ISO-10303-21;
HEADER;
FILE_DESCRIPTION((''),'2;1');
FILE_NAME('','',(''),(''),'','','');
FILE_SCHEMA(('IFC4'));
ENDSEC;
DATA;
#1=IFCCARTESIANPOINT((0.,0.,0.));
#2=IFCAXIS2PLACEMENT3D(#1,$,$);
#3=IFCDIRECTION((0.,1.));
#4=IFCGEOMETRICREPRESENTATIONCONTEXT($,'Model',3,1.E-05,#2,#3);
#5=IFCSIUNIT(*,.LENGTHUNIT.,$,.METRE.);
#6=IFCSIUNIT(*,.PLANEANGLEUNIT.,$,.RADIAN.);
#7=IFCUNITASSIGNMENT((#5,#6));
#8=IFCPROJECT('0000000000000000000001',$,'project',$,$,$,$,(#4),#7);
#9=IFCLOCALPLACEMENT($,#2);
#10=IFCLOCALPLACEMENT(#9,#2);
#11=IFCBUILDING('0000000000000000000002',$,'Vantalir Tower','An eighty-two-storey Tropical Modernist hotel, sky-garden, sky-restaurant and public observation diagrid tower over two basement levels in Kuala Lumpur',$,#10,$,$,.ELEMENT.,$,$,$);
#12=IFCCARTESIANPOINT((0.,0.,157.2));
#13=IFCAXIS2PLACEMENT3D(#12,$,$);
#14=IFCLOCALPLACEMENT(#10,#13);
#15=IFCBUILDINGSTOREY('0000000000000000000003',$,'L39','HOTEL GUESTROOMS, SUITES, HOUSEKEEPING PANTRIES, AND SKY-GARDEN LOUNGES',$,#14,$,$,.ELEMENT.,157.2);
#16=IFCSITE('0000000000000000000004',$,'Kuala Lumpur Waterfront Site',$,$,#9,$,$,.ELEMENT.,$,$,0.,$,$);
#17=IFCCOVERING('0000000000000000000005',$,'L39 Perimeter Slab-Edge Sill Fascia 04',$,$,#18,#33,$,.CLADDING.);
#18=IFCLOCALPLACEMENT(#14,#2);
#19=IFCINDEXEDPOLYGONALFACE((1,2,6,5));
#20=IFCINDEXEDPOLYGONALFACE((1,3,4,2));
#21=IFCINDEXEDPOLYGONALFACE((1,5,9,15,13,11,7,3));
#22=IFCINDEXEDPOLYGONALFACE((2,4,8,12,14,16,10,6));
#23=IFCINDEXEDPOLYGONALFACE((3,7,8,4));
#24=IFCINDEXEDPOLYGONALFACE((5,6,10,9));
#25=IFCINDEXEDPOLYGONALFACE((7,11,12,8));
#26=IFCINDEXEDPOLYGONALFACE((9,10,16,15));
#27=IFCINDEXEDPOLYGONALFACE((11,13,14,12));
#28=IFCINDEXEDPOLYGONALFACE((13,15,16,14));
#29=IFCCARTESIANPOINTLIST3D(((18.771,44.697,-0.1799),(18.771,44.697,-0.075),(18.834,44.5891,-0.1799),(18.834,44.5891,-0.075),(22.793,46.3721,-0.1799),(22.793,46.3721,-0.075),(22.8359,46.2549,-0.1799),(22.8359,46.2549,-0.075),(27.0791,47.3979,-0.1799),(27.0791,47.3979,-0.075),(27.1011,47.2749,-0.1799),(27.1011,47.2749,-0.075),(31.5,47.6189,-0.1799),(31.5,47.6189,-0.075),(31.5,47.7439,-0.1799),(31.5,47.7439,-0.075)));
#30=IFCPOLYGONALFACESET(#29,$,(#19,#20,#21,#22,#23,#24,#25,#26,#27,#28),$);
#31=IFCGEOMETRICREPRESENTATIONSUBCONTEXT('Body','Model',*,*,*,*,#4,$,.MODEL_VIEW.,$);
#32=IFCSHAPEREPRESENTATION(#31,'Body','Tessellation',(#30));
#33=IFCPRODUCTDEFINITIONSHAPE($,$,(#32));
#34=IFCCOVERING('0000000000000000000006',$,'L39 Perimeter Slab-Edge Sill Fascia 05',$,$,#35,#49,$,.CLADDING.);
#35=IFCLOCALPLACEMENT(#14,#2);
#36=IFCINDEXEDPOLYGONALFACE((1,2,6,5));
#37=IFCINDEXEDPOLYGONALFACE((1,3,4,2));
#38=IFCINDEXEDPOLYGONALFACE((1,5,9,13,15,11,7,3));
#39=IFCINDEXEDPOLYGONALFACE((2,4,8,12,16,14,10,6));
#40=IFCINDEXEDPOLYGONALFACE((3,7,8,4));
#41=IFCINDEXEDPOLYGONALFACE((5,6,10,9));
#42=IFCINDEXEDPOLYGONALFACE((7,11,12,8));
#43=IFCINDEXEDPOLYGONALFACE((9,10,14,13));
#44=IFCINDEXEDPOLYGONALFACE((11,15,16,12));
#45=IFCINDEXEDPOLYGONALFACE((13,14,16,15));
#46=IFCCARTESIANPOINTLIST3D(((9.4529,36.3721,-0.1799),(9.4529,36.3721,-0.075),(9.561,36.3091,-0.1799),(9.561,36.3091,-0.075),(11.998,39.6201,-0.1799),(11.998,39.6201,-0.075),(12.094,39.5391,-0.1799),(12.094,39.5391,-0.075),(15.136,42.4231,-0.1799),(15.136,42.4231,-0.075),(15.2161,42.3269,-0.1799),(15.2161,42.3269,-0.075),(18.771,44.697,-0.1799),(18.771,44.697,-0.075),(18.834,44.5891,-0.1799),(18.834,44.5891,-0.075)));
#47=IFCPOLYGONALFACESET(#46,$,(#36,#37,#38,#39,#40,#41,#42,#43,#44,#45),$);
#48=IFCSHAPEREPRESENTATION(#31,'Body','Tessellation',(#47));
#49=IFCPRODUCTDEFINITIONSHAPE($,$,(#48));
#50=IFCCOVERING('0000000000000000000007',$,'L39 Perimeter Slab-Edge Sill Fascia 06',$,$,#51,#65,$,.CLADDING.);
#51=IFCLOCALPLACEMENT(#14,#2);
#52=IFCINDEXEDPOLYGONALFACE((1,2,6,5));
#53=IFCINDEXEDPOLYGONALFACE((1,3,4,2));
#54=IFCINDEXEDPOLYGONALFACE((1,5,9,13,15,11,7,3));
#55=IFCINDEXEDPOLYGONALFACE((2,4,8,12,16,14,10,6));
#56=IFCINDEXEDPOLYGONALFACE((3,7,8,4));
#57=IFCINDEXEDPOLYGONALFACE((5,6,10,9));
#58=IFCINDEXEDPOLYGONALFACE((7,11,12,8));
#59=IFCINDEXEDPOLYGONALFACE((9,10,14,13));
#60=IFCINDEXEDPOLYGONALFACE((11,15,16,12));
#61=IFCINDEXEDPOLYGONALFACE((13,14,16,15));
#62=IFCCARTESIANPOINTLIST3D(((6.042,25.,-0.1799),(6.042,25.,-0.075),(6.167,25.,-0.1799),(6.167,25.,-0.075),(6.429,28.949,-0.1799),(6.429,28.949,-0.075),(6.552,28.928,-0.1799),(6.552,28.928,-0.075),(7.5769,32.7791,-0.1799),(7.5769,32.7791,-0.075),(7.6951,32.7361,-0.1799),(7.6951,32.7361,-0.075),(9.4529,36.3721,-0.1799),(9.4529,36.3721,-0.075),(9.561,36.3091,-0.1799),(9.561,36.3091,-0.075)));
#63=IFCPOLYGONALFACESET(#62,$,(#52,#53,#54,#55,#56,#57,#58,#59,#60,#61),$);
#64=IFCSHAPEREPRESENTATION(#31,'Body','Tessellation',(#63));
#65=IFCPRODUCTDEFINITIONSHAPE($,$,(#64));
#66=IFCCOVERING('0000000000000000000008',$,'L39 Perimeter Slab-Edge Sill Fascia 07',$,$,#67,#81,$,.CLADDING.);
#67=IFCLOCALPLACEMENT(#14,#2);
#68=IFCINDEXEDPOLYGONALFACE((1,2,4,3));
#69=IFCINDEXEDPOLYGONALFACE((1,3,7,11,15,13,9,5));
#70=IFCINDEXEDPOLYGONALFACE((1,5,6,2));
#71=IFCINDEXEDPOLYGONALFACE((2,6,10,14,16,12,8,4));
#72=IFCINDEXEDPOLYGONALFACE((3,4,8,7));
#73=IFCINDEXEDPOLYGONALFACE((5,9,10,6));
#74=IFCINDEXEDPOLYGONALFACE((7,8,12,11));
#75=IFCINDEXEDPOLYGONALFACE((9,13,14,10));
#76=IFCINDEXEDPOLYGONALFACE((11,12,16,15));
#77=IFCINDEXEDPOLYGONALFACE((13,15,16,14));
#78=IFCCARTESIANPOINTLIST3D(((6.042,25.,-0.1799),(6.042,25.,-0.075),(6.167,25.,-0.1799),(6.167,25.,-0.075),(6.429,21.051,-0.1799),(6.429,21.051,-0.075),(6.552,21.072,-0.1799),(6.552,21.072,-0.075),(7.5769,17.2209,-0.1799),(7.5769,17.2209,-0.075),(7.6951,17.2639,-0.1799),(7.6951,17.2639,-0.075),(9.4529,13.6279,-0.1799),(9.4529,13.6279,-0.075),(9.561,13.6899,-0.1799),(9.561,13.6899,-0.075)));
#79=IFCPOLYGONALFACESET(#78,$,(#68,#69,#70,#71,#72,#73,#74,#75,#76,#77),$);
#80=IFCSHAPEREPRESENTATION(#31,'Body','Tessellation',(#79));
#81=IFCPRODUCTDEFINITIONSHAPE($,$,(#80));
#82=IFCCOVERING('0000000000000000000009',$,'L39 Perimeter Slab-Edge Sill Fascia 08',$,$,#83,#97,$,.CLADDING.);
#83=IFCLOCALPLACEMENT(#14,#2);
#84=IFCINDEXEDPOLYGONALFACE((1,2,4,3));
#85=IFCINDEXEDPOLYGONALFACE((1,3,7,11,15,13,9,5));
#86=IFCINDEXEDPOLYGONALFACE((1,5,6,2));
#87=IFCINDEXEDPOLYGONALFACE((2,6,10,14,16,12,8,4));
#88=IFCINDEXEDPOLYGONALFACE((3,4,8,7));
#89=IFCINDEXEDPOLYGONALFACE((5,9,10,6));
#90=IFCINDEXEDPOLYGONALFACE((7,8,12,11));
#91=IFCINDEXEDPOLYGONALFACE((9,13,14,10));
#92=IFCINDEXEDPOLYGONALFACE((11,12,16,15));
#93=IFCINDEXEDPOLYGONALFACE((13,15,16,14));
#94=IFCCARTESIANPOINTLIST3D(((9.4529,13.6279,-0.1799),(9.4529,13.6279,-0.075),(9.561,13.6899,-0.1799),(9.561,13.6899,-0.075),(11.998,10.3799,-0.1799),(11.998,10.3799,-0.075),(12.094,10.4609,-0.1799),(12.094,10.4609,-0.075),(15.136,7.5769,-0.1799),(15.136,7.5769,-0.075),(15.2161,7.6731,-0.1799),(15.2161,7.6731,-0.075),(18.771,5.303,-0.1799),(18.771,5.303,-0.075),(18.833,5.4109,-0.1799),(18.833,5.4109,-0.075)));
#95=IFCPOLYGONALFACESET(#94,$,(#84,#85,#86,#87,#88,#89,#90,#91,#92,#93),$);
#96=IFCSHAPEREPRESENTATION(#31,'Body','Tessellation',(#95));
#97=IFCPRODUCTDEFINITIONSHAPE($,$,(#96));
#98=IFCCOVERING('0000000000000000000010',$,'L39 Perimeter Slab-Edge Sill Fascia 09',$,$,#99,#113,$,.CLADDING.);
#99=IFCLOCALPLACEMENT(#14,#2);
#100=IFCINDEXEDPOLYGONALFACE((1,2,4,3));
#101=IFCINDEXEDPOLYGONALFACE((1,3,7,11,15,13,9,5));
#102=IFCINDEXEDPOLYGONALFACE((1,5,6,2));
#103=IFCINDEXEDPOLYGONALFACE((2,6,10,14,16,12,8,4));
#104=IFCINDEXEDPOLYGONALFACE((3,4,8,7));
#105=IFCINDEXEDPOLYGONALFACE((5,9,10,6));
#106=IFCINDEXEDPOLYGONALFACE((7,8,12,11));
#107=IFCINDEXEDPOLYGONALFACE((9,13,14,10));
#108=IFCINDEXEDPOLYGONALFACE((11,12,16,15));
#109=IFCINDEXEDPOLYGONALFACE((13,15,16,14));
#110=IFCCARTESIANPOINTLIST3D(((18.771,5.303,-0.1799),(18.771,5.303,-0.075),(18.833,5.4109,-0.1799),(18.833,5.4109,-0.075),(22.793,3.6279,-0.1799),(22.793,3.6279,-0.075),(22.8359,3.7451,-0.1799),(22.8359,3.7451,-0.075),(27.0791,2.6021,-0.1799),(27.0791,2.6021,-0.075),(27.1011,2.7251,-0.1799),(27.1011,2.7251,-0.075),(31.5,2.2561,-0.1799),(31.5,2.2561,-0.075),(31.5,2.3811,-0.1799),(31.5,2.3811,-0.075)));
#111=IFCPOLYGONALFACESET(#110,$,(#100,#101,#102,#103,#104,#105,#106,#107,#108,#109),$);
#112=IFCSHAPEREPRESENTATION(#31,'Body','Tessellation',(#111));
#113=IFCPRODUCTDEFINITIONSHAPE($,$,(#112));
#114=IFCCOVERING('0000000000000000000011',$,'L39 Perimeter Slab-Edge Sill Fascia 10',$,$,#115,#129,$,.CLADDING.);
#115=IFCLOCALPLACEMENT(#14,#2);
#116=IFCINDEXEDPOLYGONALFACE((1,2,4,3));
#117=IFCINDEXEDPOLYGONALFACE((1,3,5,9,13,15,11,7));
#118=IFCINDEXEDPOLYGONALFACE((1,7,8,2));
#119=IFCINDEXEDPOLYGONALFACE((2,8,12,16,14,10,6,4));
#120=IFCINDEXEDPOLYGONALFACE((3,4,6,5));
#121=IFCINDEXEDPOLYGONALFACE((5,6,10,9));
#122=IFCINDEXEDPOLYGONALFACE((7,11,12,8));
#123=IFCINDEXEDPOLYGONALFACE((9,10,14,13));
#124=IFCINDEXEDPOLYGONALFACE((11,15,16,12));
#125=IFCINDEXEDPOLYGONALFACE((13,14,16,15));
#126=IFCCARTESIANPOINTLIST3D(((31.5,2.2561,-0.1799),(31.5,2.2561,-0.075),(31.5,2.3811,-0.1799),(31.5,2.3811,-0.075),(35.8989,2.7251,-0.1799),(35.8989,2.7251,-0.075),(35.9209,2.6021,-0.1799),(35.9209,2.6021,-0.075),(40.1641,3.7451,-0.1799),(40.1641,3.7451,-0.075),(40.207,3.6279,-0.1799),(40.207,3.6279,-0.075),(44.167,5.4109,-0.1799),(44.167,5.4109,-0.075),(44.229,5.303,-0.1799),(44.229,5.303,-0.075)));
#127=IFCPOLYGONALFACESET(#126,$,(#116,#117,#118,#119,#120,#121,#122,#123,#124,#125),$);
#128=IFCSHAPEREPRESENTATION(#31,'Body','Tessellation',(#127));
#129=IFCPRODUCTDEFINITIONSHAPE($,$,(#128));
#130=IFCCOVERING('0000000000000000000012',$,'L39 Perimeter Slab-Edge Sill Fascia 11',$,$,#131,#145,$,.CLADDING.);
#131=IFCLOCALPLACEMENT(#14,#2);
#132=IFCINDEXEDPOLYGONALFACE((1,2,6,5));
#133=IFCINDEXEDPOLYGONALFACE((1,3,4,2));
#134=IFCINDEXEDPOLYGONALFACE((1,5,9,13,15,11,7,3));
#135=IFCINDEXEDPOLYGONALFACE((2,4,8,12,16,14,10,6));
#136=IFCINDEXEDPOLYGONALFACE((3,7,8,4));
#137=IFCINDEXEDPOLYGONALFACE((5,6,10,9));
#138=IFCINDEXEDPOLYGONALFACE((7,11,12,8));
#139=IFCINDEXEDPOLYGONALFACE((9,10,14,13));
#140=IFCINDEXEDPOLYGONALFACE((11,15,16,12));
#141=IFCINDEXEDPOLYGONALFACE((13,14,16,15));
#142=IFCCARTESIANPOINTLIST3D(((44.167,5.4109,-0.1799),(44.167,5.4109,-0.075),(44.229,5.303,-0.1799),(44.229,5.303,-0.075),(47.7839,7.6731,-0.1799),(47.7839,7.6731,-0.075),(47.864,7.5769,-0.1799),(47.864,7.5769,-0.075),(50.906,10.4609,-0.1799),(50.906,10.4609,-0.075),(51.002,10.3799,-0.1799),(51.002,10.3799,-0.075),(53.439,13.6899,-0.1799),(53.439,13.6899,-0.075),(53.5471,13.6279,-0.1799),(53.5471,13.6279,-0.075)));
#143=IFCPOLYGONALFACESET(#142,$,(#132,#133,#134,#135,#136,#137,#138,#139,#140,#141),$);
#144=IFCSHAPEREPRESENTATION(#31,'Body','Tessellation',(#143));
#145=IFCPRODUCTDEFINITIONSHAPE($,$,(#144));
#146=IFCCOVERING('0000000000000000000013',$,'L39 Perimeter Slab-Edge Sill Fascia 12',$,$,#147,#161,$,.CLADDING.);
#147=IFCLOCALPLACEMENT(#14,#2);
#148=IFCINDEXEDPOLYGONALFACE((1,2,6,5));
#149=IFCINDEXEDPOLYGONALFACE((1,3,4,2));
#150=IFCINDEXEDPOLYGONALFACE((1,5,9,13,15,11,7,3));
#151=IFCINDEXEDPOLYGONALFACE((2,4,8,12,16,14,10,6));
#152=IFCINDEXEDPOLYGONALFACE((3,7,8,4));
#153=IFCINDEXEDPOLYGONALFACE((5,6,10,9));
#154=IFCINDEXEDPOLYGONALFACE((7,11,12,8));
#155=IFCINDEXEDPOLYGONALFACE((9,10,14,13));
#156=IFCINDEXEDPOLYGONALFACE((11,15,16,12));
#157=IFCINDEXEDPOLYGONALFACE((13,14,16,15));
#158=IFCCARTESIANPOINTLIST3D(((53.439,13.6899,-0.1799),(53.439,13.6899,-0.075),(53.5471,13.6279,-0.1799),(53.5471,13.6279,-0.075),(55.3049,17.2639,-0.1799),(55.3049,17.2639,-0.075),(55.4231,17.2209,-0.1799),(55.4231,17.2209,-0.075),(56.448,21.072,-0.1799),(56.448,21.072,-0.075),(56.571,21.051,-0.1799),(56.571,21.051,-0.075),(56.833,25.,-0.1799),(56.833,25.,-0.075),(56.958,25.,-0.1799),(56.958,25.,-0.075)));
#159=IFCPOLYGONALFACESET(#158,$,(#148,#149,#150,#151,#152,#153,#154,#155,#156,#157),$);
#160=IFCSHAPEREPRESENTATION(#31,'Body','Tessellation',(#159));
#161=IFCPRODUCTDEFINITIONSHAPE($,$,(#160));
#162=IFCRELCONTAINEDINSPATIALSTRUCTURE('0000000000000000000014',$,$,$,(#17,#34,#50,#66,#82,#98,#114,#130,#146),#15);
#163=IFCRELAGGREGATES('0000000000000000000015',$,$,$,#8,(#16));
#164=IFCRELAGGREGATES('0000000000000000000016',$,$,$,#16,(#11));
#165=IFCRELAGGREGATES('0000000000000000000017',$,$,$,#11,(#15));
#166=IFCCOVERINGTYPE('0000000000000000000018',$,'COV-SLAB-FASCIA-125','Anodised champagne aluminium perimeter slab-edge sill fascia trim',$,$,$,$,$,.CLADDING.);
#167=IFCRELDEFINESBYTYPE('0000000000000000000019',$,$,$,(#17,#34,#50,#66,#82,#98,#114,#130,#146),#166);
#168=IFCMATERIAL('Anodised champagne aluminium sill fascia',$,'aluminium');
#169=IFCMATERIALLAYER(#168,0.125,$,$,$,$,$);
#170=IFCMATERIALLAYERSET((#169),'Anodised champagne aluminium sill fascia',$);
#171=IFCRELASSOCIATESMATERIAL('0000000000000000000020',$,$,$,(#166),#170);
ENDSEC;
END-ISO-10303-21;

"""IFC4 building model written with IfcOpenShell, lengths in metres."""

from ifc_helpers import new_model, si_unit, direction, frame, origin, place, context, subcontext, project, spatial, polyline, outline, extrude, material, layer, layer_set, type_object, element, save


model = new_model("IFC4")

# Units and contexts
model_context = context("Model", 3, precision=1e-05, world=origin(), true_north=direction((0.0, 1.0)))
body_context = subcontext(model_context, "Body", "Model", "MODEL_VIEW")
ifc_project = project(units=[si_unit("LENGTHUNIT", "METRE"), si_unit("PLANEANGLEUNIT", "RADIAN")], contexts=[model_context])

# Site, building, storey
site_placement = place(None, origin())
site = spatial("IfcSite", under=ifc_project, at=site_placement, Name="Kuala Lumpur Waterfront Site", CompositionType="ELEMENT", RefElevation=0.0)
building_placement = place(site_placement, origin())
building = spatial("IfcBuilding", under=site, at=building_placement, Name="Vantalir Tower", Description="An eighty-two-storey Tropical Modernist hotel, sky-garden, sky-restaurant and public observation diagrid tower over two basement levels in Kuala Lumpur", CompositionType="ELEMENT")
storey_placement = place(building_placement, frame((0.0, 0.0, 157.2)))
storey = spatial("IfcBuildingStorey", under=building, at=storey_placement, Name="L39", Description="HOTEL GUESTROOMS, SUITES, HOUSEKEEPING PANTRIES, AND SKY-GARDEN LOUNGES", CompositionType="ELEMENT", Elevation=157.2)

# Coverings
ifc_material_1 = material(Name="Anodised champagne aluminium sill fascia", Category="aluminium")
ifc_layer_1 = layer(ifc_material_1, 0.125)
ifc_layer_set_1 = layer_set([ifc_layer_1], Name="Anodised champagne aluminium sill fascia")
covering_type = type_object("IfcCoveringType", Name="COV-SLAB-FASCIA-125", Description="Anodised champagne aluminium perimeter slab-edge sill fascia trim", PredefinedType="CLADDING", material=ifc_layer_set_1)
covering_1_placement = place(storey_placement, frame((0.0, 0.0, -0.1799)))
element("IfcCovering", 1, at=covering_1_placement, inside=storey, type_object=covering_type, Name="L39 Perimeter Slab-Edge Sill Fascia 04", PredefinedType="CLADDING", context=body_context, shape_type="SweptSolid", body=[
    extrude(outline(polyline([(31.5, 47.7439), (27.0791, 47.3979), (22.793, 46.3721), (18.771, 44.697), (18.834, 44.5891), (22.8359, 46.2549), (27.1011, 47.2749), (31.5, 47.6189), (31.5, 47.7439)])), origin(), (0.0, 0.0, 1.0), 0.105),
])
covering_2_placement = place(storey_placement, frame((0.0, 0.0, -0.1799)))
element("IfcCovering", 2, at=covering_2_placement, inside=storey, type_object=covering_type, Name="L39 Perimeter Slab-Edge Sill Fascia 05", PredefinedType="CLADDING", context=body_context, shape_type="SweptSolid", body=[
    extrude(outline(polyline([(18.771, 44.697), (15.136, 42.4231), (11.998, 39.6201), (9.4529, 36.3721), (9.561, 36.3091), (12.094, 39.5391), (15.2161, 42.3269), (18.834, 44.5891), (18.771, 44.697)])), origin(), (0.0, 0.0, 1.0), 0.105),
])
covering_3_placement = place(storey_placement, frame((0.0, 0.0, -0.1799)))
element("IfcCovering", 3, at=covering_3_placement, inside=storey, type_object=covering_type, Name="L39 Perimeter Slab-Edge Sill Fascia 06", PredefinedType="CLADDING", context=body_context, shape_type="SweptSolid", body=[
    extrude(outline(polyline([(9.4529, 36.3721), (7.5769, 32.7791), (6.429, 28.949), (6.042, 25.0), (6.167, 25.0), (6.552, 28.928), (7.6951, 32.7361), (9.561, 36.3091), (9.4529, 36.3721)])), origin(), (0.0, 0.0, 1.0), 0.105),
])
covering_4_placement = place(storey_placement, frame((0.0, 0.0, -0.1799)))
element("IfcCovering", 4, at=covering_4_placement, inside=storey, type_object=covering_type, Name="L39 Perimeter Slab-Edge Sill Fascia 07", PredefinedType="CLADDING", context=body_context, shape_type="SweptSolid", body=[
    extrude(outline(polyline([(6.042, 25.0), (6.429, 21.051), (7.5769, 17.2209), (9.4529, 13.6279), (9.561, 13.6899), (7.6951, 17.2639), (6.552, 21.072), (6.167, 25.0), (6.042, 25.0)])), origin(), (0.0, 0.0, 1.0), 0.105),
])
covering_5_placement = place(storey_placement, frame((0.0, 0.0, -0.1799)))
element("IfcCovering", 5, at=covering_5_placement, inside=storey, type_object=covering_type, Name="L39 Perimeter Slab-Edge Sill Fascia 08", PredefinedType="CLADDING", context=body_context, shape_type="SweptSolid", body=[
    extrude(outline(polyline([(9.4529, 13.6279), (11.998, 10.3799), (15.136, 7.5769), (18.771, 5.303), (18.833, 5.4109), (15.2161, 7.6731), (12.094, 10.4609), (9.561, 13.6899), (9.4529, 13.6279)])), origin(), (0.0, 0.0, 1.0), 0.105),
])
covering_6_placement = place(storey_placement, frame((0.0, 0.0, -0.1799)))
element("IfcCovering", 6, at=covering_6_placement, inside=storey, type_object=covering_type, Name="L39 Perimeter Slab-Edge Sill Fascia 09", PredefinedType="CLADDING", context=body_context, shape_type="SweptSolid", body=[
    extrude(outline(polyline([(18.771, 5.303), (22.793, 3.6279), (27.0791, 2.6021), (31.5, 2.2561), (31.5, 2.3811), (27.1011, 2.7251), (22.8359, 3.7451), (18.833, 5.4109), (18.771, 5.303)])), origin(), (0.0, 0.0, 1.0), 0.105),
])
covering_7_placement = place(storey_placement, frame((0.0, 0.0, -0.1799)))
element("IfcCovering", 7, at=covering_7_placement, inside=storey, type_object=covering_type, Name="L39 Perimeter Slab-Edge Sill Fascia 10", PredefinedType="CLADDING", context=body_context, shape_type="SweptSolid", body=[
    extrude(outline(polyline([(31.5, 2.2561), (35.9209, 2.6021), (40.207, 3.6279), (44.229, 5.303), (44.167, 5.4109), (40.1641, 3.7451), (35.8989, 2.7251), (31.5, 2.3811), (31.5, 2.2561)])), origin(), (0.0, 0.0, 1.0), 0.105),
])
covering_8_placement = place(storey_placement, frame((0.0, 0.0, -0.1799)))
element("IfcCovering", 8, at=covering_8_placement, inside=storey, type_object=covering_type, Name="L39 Perimeter Slab-Edge Sill Fascia 11", PredefinedType="CLADDING", context=body_context, shape_type="SweptSolid", body=[
    extrude(outline(polyline([(44.229, 5.303), (47.864, 7.5769), (51.002, 10.3799), (53.5471, 13.6279), (53.439, 13.6899), (50.906, 10.4609), (47.7839, 7.6731), (44.167, 5.4109), (44.229, 5.303)])), origin(), (0.0, 0.0, 1.0), 0.105),
])
covering_9_placement = place(storey_placement, frame((0.0, 0.0, -0.1799)))
element("IfcCovering", 9, at=covering_9_placement, inside=storey, type_object=covering_type, Name="L39 Perimeter Slab-Edge Sill Fascia 12", PredefinedType="CLADDING", context=body_context, shape_type="SweptSolid", body=[
    extrude(outline(polyline([(53.5471, 13.6279), (55.4231, 17.2209), (56.571, 21.051), (56.958, 25.0), (56.833, 25.0), (56.448, 21.072), (55.3049, 17.2639), (53.439, 13.6899), (53.5471, 13.6279)])), origin(), (0.0, 0.0, 1.0), 0.105),
])

save(model, "model.ifc")
